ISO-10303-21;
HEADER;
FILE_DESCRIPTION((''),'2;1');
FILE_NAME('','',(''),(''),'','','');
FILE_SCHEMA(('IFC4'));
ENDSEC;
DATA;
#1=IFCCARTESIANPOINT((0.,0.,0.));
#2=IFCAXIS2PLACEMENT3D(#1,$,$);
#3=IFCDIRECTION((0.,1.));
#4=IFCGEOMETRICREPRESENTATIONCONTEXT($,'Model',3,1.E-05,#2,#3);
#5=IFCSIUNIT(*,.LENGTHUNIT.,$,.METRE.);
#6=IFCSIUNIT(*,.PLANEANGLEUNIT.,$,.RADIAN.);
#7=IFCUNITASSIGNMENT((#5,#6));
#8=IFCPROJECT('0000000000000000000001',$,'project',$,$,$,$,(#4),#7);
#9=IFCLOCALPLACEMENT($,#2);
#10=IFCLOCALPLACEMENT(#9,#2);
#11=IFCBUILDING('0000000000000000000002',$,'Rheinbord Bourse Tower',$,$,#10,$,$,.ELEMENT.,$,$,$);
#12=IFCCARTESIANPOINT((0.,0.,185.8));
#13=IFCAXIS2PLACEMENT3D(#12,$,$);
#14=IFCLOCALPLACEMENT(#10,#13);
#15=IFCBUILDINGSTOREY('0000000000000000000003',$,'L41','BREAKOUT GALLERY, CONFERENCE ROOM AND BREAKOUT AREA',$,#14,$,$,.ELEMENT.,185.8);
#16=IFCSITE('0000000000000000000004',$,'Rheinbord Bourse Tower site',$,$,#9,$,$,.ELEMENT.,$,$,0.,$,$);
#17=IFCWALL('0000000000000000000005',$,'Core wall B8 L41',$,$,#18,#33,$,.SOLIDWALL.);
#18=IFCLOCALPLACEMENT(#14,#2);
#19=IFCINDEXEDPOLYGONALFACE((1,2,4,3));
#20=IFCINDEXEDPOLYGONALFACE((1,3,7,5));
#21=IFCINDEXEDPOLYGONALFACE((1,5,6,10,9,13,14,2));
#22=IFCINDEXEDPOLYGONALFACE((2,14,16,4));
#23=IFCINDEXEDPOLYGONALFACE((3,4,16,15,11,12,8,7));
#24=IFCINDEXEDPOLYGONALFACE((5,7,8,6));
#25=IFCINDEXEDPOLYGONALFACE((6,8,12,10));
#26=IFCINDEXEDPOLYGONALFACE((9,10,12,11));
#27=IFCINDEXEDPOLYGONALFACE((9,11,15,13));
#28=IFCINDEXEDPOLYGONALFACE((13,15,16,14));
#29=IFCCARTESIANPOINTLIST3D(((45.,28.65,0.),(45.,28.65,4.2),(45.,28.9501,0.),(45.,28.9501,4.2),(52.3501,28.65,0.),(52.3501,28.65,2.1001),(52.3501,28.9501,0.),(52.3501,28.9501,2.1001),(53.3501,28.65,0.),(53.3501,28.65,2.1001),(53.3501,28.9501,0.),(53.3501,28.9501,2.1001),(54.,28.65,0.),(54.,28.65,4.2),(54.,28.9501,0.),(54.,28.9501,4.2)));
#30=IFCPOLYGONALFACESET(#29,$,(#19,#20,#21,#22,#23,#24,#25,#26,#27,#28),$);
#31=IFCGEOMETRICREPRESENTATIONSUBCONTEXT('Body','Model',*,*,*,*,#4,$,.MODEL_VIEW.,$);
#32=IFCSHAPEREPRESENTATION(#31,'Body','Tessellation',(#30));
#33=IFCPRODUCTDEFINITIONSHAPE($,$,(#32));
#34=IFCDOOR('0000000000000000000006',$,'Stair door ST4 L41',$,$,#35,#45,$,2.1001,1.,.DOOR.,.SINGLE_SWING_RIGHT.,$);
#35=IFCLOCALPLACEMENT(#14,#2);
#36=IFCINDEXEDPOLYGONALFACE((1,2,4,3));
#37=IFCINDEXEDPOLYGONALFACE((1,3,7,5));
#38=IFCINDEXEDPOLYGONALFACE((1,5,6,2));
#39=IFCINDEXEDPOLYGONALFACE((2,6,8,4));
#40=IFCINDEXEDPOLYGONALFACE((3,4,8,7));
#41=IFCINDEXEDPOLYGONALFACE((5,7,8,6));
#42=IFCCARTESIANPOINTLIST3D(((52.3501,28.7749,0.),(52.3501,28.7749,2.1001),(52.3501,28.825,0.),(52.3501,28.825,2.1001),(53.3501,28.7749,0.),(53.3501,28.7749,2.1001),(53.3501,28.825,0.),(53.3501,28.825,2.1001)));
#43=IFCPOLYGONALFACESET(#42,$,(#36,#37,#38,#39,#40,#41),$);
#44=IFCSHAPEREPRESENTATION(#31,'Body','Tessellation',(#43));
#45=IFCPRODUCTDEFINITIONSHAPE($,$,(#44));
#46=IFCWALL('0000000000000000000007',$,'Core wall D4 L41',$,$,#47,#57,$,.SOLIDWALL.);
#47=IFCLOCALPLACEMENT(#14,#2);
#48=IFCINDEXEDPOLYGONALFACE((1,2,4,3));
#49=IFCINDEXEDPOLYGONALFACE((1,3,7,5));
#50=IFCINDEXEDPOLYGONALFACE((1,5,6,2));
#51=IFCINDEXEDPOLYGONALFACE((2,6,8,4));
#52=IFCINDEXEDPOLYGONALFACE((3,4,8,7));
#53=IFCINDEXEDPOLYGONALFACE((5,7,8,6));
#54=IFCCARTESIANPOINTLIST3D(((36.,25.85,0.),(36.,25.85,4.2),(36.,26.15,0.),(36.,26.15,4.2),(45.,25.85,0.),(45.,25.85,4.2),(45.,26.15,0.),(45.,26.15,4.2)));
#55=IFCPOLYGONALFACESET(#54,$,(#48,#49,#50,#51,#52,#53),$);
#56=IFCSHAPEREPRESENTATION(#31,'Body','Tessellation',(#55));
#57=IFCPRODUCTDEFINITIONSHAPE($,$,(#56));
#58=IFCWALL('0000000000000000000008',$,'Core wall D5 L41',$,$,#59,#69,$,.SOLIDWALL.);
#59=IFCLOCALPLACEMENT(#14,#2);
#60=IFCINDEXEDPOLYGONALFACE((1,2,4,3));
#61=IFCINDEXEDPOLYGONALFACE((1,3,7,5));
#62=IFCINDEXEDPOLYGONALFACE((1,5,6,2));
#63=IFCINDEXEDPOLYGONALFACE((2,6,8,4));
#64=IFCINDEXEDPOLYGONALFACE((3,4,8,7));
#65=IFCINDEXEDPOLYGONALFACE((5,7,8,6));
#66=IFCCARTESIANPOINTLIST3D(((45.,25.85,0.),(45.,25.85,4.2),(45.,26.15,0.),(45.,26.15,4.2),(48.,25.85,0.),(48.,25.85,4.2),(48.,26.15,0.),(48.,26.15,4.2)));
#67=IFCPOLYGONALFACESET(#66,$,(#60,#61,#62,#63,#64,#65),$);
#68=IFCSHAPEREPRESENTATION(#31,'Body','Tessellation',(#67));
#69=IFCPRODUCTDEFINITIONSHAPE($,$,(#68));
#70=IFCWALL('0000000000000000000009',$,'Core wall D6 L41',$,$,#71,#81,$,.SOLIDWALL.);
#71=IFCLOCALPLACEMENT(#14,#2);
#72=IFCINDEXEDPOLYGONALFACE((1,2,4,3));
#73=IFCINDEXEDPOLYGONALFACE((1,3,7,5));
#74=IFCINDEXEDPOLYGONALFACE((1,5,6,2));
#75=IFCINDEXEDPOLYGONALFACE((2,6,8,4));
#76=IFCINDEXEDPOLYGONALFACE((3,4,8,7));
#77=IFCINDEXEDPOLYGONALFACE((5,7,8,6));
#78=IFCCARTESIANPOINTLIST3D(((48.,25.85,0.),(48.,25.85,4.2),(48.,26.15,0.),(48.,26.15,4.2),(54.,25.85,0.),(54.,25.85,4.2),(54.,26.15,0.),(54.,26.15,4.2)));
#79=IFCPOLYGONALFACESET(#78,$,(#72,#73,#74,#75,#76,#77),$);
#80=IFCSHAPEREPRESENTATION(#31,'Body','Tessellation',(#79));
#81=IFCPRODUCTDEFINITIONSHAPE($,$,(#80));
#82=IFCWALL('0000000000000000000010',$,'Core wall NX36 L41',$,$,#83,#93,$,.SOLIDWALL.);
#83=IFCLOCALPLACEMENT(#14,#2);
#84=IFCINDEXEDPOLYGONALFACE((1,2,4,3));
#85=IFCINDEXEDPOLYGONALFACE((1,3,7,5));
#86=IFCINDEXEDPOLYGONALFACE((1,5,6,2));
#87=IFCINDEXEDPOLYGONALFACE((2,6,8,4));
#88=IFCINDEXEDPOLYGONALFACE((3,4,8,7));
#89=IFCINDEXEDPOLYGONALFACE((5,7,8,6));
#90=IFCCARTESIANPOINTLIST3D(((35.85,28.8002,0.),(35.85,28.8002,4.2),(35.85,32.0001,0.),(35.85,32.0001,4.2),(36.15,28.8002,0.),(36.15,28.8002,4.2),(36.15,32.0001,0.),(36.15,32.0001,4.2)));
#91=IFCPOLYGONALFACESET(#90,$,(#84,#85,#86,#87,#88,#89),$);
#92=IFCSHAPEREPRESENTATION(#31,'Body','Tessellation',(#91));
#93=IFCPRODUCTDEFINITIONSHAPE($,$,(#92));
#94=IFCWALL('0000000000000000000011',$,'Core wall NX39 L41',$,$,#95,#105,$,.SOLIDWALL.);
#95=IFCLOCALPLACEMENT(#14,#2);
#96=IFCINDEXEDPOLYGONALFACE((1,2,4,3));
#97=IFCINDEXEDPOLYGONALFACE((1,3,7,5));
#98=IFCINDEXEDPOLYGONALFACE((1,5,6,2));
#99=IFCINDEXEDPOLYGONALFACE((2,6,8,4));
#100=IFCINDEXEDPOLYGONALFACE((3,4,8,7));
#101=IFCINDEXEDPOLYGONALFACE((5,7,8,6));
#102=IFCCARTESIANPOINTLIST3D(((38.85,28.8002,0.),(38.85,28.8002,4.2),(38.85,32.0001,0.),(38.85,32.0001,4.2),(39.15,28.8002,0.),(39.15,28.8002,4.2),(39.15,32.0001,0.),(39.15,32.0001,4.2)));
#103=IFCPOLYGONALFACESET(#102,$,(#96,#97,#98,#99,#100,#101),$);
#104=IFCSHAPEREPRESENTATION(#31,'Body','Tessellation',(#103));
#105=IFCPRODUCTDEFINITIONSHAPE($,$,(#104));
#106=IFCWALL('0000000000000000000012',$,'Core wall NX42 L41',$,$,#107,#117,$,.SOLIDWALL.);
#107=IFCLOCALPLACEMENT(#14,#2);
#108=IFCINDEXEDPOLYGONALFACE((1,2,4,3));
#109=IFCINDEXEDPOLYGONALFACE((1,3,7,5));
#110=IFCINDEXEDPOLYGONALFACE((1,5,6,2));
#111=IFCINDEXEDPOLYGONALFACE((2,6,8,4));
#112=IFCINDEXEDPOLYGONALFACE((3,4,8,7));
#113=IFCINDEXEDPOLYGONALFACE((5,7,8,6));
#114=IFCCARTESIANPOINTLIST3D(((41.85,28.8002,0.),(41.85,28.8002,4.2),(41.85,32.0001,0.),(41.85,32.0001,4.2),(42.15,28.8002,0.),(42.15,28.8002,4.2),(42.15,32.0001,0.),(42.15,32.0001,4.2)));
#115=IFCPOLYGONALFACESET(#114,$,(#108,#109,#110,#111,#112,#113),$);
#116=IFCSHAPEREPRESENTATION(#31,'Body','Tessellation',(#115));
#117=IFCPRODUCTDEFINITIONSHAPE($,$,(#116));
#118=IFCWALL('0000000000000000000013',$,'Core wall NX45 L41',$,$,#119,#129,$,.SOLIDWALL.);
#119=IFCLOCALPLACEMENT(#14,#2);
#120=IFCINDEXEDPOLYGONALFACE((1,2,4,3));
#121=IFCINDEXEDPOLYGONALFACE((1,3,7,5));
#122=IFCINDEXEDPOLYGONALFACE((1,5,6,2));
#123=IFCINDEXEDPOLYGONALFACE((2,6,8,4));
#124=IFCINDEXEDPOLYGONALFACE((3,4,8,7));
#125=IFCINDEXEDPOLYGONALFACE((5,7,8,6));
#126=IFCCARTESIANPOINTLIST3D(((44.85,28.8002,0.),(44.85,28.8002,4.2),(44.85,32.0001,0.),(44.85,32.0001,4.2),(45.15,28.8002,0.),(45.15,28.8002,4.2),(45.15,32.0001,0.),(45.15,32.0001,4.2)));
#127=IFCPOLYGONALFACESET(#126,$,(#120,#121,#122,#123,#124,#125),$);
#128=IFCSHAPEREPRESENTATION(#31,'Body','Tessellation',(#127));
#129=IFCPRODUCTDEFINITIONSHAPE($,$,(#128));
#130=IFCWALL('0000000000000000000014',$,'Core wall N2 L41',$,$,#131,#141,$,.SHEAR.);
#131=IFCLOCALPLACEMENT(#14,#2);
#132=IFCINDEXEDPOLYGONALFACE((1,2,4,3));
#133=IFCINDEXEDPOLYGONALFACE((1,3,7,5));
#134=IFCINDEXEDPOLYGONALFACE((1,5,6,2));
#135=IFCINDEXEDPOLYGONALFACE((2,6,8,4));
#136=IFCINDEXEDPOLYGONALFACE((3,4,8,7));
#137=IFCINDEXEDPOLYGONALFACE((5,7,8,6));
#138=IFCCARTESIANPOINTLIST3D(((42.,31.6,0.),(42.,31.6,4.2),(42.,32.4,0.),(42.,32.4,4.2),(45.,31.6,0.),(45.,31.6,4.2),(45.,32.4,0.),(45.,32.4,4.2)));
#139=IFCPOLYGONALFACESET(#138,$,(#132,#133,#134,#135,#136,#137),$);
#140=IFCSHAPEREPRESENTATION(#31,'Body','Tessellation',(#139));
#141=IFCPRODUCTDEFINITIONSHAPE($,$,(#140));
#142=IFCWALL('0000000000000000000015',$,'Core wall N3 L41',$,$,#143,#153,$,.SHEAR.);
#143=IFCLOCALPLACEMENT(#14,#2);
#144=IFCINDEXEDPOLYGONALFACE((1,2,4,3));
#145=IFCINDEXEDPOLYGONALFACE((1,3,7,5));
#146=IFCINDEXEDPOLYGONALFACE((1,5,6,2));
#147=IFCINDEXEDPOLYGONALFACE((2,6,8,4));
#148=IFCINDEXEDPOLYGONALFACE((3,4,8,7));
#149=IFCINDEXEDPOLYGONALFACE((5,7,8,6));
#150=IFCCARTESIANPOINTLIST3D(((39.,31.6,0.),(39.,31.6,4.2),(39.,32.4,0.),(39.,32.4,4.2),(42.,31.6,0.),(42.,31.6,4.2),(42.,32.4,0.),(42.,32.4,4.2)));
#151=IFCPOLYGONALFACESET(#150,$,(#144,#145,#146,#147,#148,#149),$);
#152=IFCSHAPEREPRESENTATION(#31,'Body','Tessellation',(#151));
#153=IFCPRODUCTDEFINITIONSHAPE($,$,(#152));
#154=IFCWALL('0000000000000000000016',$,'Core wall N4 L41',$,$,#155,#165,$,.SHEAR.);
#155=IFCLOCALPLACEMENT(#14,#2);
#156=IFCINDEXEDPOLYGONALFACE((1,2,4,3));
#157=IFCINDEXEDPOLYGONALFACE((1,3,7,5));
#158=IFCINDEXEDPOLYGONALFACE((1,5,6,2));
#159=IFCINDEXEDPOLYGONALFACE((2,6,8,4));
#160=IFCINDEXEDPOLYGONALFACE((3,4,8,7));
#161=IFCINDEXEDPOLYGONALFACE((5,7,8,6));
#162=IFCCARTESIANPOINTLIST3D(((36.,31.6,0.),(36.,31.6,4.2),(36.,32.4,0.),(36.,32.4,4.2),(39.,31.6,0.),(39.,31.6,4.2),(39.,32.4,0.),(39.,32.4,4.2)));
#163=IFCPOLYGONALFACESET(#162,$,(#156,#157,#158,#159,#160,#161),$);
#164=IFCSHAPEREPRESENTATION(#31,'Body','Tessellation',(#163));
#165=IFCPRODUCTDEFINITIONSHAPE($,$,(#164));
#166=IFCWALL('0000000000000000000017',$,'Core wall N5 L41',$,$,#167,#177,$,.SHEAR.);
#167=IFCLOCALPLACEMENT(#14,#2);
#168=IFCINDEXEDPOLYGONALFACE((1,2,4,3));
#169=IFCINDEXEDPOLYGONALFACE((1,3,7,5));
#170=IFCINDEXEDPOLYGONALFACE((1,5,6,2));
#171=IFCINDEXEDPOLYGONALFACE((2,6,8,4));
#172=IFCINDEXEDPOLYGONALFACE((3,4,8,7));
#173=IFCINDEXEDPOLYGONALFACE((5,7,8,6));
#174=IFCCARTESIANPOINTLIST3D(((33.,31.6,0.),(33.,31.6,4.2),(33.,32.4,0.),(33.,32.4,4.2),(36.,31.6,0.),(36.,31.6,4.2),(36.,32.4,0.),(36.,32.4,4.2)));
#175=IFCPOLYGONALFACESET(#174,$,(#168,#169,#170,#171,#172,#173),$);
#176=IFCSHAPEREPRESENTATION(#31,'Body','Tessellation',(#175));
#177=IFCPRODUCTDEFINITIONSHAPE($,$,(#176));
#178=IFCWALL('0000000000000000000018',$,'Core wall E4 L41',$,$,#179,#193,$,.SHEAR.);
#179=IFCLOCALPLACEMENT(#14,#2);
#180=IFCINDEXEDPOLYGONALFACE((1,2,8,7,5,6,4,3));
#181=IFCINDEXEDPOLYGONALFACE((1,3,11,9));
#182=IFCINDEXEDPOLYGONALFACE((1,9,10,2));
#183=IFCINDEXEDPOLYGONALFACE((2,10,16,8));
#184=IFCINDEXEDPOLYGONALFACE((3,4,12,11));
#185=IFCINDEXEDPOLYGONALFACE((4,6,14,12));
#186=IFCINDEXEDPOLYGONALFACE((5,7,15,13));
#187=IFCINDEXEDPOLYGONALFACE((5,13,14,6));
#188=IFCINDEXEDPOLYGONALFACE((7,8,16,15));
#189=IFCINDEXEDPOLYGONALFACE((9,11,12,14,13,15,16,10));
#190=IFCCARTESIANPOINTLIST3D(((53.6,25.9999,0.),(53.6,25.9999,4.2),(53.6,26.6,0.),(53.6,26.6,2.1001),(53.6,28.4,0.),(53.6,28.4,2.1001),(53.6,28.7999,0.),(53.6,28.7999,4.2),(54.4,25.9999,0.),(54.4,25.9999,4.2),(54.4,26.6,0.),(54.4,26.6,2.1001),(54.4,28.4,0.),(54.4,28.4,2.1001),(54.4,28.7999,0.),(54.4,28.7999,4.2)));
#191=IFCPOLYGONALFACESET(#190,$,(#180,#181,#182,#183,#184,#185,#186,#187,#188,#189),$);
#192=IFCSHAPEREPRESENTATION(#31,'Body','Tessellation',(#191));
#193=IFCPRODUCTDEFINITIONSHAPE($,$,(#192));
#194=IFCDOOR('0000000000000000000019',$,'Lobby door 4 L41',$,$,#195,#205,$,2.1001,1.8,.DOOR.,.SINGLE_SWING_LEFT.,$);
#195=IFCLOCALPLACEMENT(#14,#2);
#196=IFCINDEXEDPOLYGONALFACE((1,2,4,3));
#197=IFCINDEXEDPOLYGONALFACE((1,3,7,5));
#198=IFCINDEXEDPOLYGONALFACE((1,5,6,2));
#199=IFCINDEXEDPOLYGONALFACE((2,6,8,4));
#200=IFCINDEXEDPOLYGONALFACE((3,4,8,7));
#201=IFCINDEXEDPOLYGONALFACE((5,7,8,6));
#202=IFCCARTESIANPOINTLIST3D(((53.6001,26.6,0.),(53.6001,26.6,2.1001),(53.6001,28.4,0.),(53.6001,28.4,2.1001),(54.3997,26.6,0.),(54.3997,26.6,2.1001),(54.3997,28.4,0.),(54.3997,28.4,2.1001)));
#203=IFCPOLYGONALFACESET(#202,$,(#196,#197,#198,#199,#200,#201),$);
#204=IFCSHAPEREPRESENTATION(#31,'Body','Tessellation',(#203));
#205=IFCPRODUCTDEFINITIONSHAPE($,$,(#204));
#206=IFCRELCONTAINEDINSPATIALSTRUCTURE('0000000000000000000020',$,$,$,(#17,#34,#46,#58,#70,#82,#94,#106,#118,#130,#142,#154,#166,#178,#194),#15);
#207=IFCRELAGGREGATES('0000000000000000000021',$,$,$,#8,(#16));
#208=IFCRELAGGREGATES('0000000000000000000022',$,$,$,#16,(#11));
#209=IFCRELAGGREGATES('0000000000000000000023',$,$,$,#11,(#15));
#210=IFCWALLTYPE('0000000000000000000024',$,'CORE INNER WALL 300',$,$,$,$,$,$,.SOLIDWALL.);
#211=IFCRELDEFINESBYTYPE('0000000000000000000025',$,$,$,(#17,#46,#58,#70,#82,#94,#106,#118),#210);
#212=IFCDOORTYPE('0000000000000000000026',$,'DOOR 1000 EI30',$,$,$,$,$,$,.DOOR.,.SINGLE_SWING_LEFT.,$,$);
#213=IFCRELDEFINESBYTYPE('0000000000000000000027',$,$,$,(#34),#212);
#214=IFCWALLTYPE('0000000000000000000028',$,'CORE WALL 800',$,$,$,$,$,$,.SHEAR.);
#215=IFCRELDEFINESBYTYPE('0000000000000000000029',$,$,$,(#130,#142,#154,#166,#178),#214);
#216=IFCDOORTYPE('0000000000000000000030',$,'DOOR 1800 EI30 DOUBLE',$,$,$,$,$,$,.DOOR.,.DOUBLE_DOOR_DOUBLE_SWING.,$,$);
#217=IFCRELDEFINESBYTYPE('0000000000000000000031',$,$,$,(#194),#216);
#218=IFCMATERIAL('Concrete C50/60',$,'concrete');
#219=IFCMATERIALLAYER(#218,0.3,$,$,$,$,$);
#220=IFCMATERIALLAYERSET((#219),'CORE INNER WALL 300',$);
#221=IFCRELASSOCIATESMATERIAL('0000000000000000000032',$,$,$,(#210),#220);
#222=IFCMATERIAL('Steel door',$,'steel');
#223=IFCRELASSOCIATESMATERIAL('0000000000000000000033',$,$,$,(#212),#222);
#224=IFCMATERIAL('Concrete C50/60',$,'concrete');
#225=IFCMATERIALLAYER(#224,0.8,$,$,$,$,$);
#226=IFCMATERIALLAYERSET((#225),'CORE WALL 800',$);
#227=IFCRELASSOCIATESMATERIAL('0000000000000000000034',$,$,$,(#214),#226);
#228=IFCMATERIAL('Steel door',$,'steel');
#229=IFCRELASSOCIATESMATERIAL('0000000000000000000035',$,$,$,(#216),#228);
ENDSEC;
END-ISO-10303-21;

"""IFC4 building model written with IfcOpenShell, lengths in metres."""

from ifc_helpers import new_model, si_unit, direction, frame, frame_2d, origin, place, context, subcontext, project, spatial, rectangle, extrude, material, layer, layer_set, type_object, element, fill, save


model = new_model("IFC4")

# Units and contexts
model_context = context("Model", 3, precision=1e-05, world=origin(), true_north=direction((0.0, 1.0)))
body_context = subcontext(model_context, "Body", "Model", "MODEL_VIEW")
ifc_project = project(units=[si_unit("LENGTHUNIT", "METRE"), si_unit("PLANEANGLEUNIT", "RADIAN")], contexts=[model_context])

# Site, building, storey
site_placement = place(None, origin())
site = spatial("IfcSite", under=ifc_project, at=site_placement, Name="Rheinbord Bourse Tower site", CompositionType="ELEMENT", RefElevation=0.0)
building_placement = place(site_placement, origin())
building = spatial("IfcBuilding", under=site, at=building_placement, Name="Rheinbord Bourse Tower", CompositionType="ELEMENT")
storey_placement = place(building_placement, frame((0.0, 0.0, 185.8)))
storey = spatial("IfcBuildingStorey", under=building, at=storey_placement, Name="L41", Description="BREAKOUT GALLERY, CONFERENCE ROOM AND BREAKOUT AREA", CompositionType="ELEMENT", Elevation=185.8)

# Shared definitions
ifc_material_1 = material(Name="Concrete C50/60", Category="concrete")
ifc_layer_1 = layer(ifc_material_1, 0.3)
ifc_layer_set_1 = layer_set([ifc_layer_1], Name="CORE INNER WALL 300")
wall_type_1 = type_object("IfcWallType", Name="CORE INNER WALL 300", PredefinedType="SOLIDWALL", material=ifc_layer_set_1)

# Wall, opening, door
wall_1_placement = place(storey_placement, frame((45.0, 28.8, 0.0), z_axis=(0.0, 0.0, 1.0), x_axis=(1.0, 0.0, 0.0)))
wall_1 = element("IfcWall", 1, at=wall_1_placement, inside=storey, type_object=wall_type_1, Name="Core wall B8 L41", PredefinedType="SOLIDWALL", context=body_context, shape_type="SweptSolid", body=[
    extrude(rectangle(XDim=9.0, YDim=0.3, at=frame_2d((4.5, 0.0))), origin(), (0.0, 0.0, 1.0), 4.2),
])
opening_1_placement = place(wall_1_placement, frame((7.3501, 0.0, 0.0)))
opening_1 = element("IfcOpeningElement", 2, at=opening_1_placement, cuts=wall_1, PredefinedType="OPENING", context=body_context, shape_type="SweptSolid", body=[
    extrude(rectangle(XDim=1.0, YDim=2.1001, at=frame_2d((0.5, 1.05))), frame((0.0, 0.1599, 0.0), z_axis=(0.0, -1.0, 0.0), x_axis=(1.0, 0.0, 0.0)), (0.0, 0.0, 1.0), 0.3201),
])
ifc_material_2 = material(Name="Steel door", Category="steel")
door_type_1 = type_object("IfcDoorType", Name="DOOR 1000 EI30", OperationType="SINGLE_SWING_LEFT", PredefinedType="DOOR", material=ifc_material_2)
door_1_placement = place(opening_1_placement, origin())
door_1 = element("IfcDoor", 3, at=door_1_placement, inside=storey, type_object=door_type_1, Name="Stair door ST4 L41", OperationType="SINGLE_SWING_RIGHT", OverallHeight=2.1001, OverallWidth=1.0, PredefinedType="DOOR", context=body_context, shape_type="SweptSolid", body=[
    extrude(rectangle(XDim=1.0, YDim=2.1001, at=frame_2d((0.5, 1.05))), frame((0.0, 0.0249, 0.0), z_axis=(0.0, -1.0, 0.0), x_axis=(1.0, 0.0, 0.0)), (0.0, 0.0, 1.0), 0.05),
])
fill(opening_1, door_1)

# Walls
wall_2_placement = place(storey_placement, frame((36.0, 26.0, 0.0), z_axis=(0.0, 0.0, 1.0), x_axis=(1.0, 0.0, 0.0)))
element("IfcWall", 4, at=wall_2_placement, inside=storey, type_object=wall_type_1, Name="Core wall D4 L41", PredefinedType="SOLIDWALL", context=body_context, shape_type="SweptSolid", body=[
    extrude(rectangle(XDim=9.0, YDim=0.3, at=frame_2d((4.5, 0.0))), origin(), (0.0, 0.0, 1.0), 4.2),
])
wall_3_placement = place(storey_placement, frame((45.0, 26.0, 0.0), z_axis=(0.0, 0.0, 1.0), x_axis=(1.0, 0.0, 0.0)))
element("IfcWall", 5, at=wall_3_placement, inside=storey, type_object=wall_type_1, Name="Core wall D5 L41", PredefinedType="SOLIDWALL", context=body_context, shape_type="SweptSolid", body=[
    extrude(rectangle(XDim=3.0, YDim=0.3, at=frame_2d((1.5, 0.0))), origin(), (0.0, 0.0, 1.0), 4.2),
])
wall_4_placement = place(storey_placement, frame((48.0, 26.0, 0.0), z_axis=(0.0, 0.0, 1.0), x_axis=(1.0, 0.0, 0.0)))
element("IfcWall", 6, at=wall_4_placement, inside=storey, type_object=wall_type_1, Name="Core wall D6 L41", PredefinedType="SOLIDWALL", context=body_context, shape_type="SweptSolid", body=[
    extrude(rectangle(XDim=6.0, YDim=0.3, at=frame_2d((3.0, 0.0))), origin(), (0.0, 0.0, 1.0), 4.2),
])
for number, where, z_axis, x_axis, name in (
    (7, (36.0, 28.8, 0.0), (0.0, 0.0, 1.0), (0.0, 1.0, 0.0), "Core wall NX36 L41"),
    (8, (39.0, 28.8, 0.0), (0.0, 0.0, 1.0), (0.0, 1.0, 0.0), "Core wall NX39 L41"),
    (9, (42.0, 28.8, 0.0), (0.0, 0.0, 1.0), (0.0, 1.0, 0.0), "Core wall NX42 L41"),
    (10, (45.0, 28.8, 0.0), (0.0, 0.0, 1.0), (0.0, 1.0, 0.0), "Core wall NX45 L41"),
):
    element("IfcWall", number, at=place(storey_placement, frame(where, z_axis=z_axis, x_axis=x_axis)), inside=storey, type_object=wall_type_1, Name=name, PredefinedType="SOLIDWALL", context=body_context, shape_type="SweptSolid", body=[
        extrude(rectangle(XDim=3.2, YDim=0.3, at=frame_2d((1.6001, 0.0))), origin(), (0.0, 0.0, 1.0), 4.2),
    ])
ifc_material_3 = material(Name="Concrete C50/60", Category="concrete")
ifc_layer_2 = layer(ifc_material_3, 0.8)
ifc_layer_set_2 = layer_set([ifc_layer_2], Name="CORE WALL 800")
wall_type_2 = type_object("IfcWallType", Name="CORE WALL 800", PredefinedType="SHEAR", material=ifc_layer_set_2)
for number, where, z_axis, x_axis, name in (
    (11, (45.0, 32.0, 0.0), (0.0, 0.0, 1.0), (-1.0, 0.0, 0.0), "Core wall N2 L41"),
    (12, (42.0, 32.0, 0.0), (0.0, 0.0, 1.0), (-1.0, 0.0, 0.0), "Core wall N3 L41"),
    (13, (39.0, 32.0, 0.0), (0.0, 0.0, 1.0), (-1.0, 0.0, 0.0), "Core wall N4 L41"),
    (14, (36.0, 32.0, 0.0), (0.0, 0.0, 1.0), (-1.0, 0.0, 0.0), "Core wall N5 L41"),
):
    element("IfcWall", number, at=place(storey_placement, frame(where, z_axis=z_axis, x_axis=x_axis)), inside=storey, type_object=wall_type_2, Name=name, PredefinedType="SHEAR", context=body_context, shape_type="SweptSolid", body=[
        extrude(rectangle(XDim=3.0, YDim=0.8, at=frame_2d((1.5, 0.0))), origin(), (0.0, 0.0, 1.0), 4.2),
    ])

# Wall, opening, door
wall_5_placement = place(storey_placement, frame((54.0, 26.0, 0.0), z_axis=(0.0, 0.0, 1.0), x_axis=(0.0, 1.0, 0.0)))
wall_5 = element("IfcWall", 15, at=wall_5_placement, inside=storey, type_object=wall_type_2, Name="Core wall E4 L41", PredefinedType="SHEAR", context=body_context, shape_type="SweptSolid", body=[
    extrude(rectangle(XDim=2.8, YDim=0.8, at=frame_2d((1.3999, 0.0))), origin(), (0.0, 0.0, 1.0), 4.2),
])
opening_2_placement = place(wall_5_placement, frame((0.6001, 0.0, 0.0)))
opening_2 = element("IfcOpeningElement", 16, at=opening_2_placement, cuts=wall_5, PredefinedType="OPENING", context=body_context, shape_type="SweptSolid", body=[
    extrude(rectangle(XDim=1.8, YDim=2.1001, at=frame_2d((0.8999, 1.05))), frame((0.0, 0.4099, 0.0), z_axis=(0.0, -1.0, 0.0), x_axis=(1.0, 0.0, 0.0)), (0.0, 0.0, 1.0), 0.8201),
])
ifc_material_4 = material(Name="Steel door", Category="steel")
door_type_2 = type_object("IfcDoorType", Name="DOOR 1800 EI30 DOUBLE", OperationType="DOUBLE_DOOR_DOUBLE_SWING", PredefinedType="DOOR", material=ifc_material_4)
door_2_placement = place(opening_2_placement, origin())
door_2 = element("IfcDoor", 17, at=door_2_placement, inside=storey, type_object=door_type_2, Name="Lobby door 4 L41", OperationType="SINGLE_SWING_LEFT", OverallHeight=2.1001, OverallWidth=1.8, PredefinedType="DOOR", context=body_context, shape_type="SweptSolid", body=[
    extrude(rectangle(XDim=1.8, YDim=2.1001, at=frame_2d((0.8999, 1.05))), frame((0.0, 0.3999, 0.0), z_axis=(0.0, -1.0, 0.0), x_axis=(1.0, 0.0, 0.0)), (0.0, 0.0, 1.0), 0.7996),
])
fill(opening_2, door_2)

save(model, "model.ifc")
